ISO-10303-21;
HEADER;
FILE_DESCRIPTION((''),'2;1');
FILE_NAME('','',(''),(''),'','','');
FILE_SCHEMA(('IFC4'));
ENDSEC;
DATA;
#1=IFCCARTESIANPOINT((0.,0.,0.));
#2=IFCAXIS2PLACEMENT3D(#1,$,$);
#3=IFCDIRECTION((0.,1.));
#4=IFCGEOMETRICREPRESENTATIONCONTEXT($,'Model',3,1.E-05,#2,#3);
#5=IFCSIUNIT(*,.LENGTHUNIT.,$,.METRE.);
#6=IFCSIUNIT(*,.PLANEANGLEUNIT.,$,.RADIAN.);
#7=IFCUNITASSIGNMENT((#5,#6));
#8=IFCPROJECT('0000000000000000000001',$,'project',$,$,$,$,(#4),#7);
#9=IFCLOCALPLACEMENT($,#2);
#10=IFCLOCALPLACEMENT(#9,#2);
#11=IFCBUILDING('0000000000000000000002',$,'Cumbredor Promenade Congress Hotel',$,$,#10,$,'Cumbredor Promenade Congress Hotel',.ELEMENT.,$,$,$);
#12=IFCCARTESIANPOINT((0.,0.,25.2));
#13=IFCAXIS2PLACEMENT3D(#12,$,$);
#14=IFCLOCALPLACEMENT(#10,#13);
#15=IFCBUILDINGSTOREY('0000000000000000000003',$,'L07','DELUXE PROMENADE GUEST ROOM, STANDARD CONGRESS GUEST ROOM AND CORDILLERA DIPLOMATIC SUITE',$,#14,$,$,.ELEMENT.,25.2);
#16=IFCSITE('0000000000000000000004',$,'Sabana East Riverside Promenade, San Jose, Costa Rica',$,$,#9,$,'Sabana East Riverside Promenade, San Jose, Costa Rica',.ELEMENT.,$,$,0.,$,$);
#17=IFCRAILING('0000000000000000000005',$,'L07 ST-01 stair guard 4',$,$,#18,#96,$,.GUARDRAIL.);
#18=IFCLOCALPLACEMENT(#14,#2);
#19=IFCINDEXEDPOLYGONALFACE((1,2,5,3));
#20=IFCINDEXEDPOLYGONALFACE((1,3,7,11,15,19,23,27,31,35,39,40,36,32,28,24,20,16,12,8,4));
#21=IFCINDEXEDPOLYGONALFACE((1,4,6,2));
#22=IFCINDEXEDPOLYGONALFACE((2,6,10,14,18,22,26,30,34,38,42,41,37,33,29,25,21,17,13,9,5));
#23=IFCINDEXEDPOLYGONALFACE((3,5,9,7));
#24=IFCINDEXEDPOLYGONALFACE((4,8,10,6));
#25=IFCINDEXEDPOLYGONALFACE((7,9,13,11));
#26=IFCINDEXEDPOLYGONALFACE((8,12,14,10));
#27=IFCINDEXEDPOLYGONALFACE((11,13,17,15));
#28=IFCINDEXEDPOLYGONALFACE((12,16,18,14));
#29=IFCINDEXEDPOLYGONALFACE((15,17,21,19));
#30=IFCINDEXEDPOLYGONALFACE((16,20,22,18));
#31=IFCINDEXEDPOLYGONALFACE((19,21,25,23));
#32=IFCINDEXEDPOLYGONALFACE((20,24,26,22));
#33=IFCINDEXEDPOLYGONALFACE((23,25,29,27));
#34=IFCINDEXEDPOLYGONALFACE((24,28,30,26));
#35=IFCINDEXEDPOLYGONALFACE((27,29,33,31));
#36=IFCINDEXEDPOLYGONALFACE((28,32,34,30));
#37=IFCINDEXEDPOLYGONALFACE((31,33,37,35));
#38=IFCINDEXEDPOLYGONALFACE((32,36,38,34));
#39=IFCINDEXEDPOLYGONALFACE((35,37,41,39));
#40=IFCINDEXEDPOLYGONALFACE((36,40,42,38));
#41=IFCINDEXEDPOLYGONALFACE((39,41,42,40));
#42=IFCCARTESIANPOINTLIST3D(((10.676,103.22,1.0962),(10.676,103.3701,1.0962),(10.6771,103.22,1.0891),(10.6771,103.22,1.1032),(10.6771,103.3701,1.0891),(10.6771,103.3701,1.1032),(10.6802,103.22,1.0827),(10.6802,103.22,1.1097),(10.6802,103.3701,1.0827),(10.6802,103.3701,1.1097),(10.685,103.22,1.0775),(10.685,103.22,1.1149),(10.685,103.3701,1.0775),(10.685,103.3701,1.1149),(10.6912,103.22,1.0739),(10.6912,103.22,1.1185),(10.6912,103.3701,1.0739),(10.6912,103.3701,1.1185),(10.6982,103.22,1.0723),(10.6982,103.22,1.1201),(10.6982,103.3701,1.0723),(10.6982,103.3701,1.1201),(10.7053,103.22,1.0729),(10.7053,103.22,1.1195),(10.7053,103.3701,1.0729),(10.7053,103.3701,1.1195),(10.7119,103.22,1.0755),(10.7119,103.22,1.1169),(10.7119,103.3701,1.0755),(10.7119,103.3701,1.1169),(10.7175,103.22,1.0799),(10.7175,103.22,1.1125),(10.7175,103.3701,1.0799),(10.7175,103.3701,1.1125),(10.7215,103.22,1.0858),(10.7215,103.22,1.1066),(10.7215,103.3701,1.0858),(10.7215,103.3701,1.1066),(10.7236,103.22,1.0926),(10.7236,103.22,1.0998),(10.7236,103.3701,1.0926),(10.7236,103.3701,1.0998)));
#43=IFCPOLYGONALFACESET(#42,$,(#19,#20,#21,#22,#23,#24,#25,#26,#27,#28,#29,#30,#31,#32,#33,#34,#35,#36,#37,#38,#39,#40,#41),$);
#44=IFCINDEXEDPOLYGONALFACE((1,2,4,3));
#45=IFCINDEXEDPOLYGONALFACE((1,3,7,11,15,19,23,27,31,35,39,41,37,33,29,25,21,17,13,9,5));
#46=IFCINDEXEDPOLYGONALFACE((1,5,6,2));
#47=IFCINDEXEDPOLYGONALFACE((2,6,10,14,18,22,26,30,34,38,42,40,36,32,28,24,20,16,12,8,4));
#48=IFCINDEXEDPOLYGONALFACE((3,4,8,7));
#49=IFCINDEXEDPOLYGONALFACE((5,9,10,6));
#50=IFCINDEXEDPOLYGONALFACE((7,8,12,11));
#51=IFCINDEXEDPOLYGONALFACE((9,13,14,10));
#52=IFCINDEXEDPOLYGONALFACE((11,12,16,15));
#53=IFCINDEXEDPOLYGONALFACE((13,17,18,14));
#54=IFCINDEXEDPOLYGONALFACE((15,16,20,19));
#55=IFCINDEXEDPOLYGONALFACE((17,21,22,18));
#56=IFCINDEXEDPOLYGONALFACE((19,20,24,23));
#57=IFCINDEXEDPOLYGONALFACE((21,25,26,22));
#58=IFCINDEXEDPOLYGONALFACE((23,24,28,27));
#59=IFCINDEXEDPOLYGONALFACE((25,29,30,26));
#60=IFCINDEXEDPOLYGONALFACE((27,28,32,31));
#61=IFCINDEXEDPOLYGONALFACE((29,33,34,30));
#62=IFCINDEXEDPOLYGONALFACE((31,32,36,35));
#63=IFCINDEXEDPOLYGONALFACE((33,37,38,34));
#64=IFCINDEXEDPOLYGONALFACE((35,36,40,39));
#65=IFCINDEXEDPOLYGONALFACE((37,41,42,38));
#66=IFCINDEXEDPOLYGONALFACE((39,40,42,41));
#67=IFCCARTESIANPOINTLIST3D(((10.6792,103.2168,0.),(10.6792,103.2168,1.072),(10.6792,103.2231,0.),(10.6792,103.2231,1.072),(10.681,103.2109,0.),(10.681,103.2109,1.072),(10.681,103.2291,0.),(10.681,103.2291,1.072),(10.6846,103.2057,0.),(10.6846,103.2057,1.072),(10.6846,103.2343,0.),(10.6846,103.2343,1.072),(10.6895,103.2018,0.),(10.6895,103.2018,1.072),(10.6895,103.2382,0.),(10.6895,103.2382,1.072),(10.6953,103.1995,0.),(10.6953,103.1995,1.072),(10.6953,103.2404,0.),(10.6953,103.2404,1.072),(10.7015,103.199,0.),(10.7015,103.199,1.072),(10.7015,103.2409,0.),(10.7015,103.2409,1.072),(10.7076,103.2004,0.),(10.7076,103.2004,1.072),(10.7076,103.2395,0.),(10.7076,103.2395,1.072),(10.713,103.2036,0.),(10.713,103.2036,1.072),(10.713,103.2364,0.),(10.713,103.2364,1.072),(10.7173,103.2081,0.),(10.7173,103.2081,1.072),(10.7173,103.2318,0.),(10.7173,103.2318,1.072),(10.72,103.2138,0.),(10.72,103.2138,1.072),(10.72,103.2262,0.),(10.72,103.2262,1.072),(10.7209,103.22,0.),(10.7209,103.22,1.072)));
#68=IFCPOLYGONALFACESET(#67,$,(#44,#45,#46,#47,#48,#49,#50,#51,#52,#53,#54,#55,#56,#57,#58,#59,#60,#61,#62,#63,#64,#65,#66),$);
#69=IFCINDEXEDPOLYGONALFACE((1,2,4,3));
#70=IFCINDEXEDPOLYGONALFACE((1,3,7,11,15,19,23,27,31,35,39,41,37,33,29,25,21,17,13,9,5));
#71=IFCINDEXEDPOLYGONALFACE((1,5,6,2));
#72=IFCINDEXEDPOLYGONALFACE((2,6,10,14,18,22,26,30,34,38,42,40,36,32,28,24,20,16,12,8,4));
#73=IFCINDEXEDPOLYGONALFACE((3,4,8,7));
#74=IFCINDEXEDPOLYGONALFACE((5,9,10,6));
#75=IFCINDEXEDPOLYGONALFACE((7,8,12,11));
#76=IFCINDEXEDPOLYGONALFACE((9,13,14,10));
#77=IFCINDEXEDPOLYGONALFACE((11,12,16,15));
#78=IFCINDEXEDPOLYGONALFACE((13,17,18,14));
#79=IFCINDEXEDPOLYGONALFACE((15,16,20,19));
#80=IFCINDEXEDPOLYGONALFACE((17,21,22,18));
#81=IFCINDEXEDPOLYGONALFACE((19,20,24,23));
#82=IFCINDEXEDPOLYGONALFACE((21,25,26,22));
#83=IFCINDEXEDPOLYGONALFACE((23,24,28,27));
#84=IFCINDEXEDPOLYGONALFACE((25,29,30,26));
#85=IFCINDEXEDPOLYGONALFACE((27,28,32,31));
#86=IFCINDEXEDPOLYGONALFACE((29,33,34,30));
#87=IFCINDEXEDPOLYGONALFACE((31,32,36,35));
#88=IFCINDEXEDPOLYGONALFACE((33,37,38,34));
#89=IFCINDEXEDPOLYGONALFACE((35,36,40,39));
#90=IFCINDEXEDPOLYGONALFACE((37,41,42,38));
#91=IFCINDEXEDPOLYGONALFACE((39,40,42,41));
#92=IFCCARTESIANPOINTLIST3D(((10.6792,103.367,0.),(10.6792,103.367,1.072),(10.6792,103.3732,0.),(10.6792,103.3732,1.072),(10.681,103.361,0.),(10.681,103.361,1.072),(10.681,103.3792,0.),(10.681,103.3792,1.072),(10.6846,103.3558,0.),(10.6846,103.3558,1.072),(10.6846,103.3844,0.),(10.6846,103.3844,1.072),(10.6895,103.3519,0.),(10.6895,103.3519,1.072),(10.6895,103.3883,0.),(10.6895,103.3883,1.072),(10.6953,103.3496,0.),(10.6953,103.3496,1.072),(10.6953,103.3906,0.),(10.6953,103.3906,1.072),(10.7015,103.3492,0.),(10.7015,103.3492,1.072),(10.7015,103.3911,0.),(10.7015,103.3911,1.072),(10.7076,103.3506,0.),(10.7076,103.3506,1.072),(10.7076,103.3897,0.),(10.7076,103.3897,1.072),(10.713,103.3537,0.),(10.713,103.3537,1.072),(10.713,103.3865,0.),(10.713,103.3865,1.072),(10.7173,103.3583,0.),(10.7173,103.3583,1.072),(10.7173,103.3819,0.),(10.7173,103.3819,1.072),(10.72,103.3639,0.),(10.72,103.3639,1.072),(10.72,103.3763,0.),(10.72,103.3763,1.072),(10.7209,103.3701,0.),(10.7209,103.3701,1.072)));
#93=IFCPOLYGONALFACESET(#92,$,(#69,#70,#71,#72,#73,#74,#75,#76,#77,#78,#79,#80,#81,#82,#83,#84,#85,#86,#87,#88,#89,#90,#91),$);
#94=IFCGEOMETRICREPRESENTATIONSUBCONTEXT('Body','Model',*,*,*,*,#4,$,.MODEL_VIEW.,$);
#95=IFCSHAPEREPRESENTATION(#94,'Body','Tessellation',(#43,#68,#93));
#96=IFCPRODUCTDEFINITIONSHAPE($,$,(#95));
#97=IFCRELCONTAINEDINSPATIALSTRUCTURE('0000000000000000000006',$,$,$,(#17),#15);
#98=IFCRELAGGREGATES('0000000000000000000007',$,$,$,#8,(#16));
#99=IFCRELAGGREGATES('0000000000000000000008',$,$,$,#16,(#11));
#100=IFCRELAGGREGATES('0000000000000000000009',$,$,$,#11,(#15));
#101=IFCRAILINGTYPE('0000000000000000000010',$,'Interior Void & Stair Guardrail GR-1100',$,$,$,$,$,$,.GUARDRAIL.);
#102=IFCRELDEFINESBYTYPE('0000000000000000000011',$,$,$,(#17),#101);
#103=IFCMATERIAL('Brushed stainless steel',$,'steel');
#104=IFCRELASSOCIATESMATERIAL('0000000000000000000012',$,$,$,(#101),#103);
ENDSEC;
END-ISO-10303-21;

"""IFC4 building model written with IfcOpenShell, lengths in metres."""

from ifc_helpers import new_model, si_unit, direction, frame, origin, origin_2d, place, context, subcontext, project, spatial, circle, extrude, material, type_object, element, save


model = new_model("IFC4")

# Units and contexts
model_context = context("Model", 3, precision=1e-05, world=origin(), true_north=direction((0.0, 1.0)))
body_context = subcontext(model_context, "Body", "Model", "MODEL_VIEW")
ifc_project = project(units=[si_unit("LENGTHUNIT", "METRE"), si_unit("PLANEANGLEUNIT", "RADIAN")], contexts=[model_context])

# Site, building, storey
site_placement = place(None, origin())
site = spatial("IfcSite", under=ifc_project, at=site_placement, Name="Sabana East Riverside Promenade, San Jose, Costa Rica", LongName="Sabana East Riverside Promenade, San Jose, Costa Rica", CompositionType="ELEMENT", RefElevation=0.0)
building_placement = place(site_placement, origin())
building = spatial("IfcBuilding", under=site, at=building_placement, Name="Cumbredor Promenade Congress Hotel", LongName="Cumbredor Promenade Congress Hotel", CompositionType="ELEMENT")
storey_placement = place(building_placement, frame((0.0, 0.0, 25.2)))
storey = spatial("IfcBuildingStorey", under=building, at=storey_placement, Name="L07", Description="DELUXE PROMENADE GUEST ROOM, STANDARD CONGRESS GUEST ROOM AND CORDILLERA DIPLOMATIC SUITE", CompositionType="ELEMENT", Elevation=25.2)

# Railing
ifc_material_1 = material(Name="Brushed stainless steel", Category="steel")
railing_type_1 = type_object("IfcRailingType", Name="Interior Void & Stair Guardrail GR-1100", PredefinedType="GUARDRAIL", material=ifc_material_1)
railing_1_placement = place(storey_placement, frame((10.7, 103.22, 0.0)))
element("IfcRailing", 1, at=railing_1_placement, inside=storey, type_object=railing_type_1, Name="L07 ST-01 stair guard 4", PredefinedType="GUARDRAIL", context=body_context, shape_type="SweptSolid", body=[
    extrude(circle(Radius=0.0239, at=origin_2d()), frame((0.0, 0.0, 1.0962), z_axis=(0.0, 1.0, 0.0), x_axis=(-1.0, 0.0, 0.0)), (0.0, 0.0, 1.0), 0.1501),
    extrude(circle(Radius=0.021, at=origin_2d()), origin(), (0.0, 0.0, 1.0), 1.072),
    extrude(circle(Radius=0.021, at=origin_2d()), frame((0.0, 0.1501, 0.0)), (0.0, 0.0, 1.0), 1.072),
])

save(model, "model.ifc")
